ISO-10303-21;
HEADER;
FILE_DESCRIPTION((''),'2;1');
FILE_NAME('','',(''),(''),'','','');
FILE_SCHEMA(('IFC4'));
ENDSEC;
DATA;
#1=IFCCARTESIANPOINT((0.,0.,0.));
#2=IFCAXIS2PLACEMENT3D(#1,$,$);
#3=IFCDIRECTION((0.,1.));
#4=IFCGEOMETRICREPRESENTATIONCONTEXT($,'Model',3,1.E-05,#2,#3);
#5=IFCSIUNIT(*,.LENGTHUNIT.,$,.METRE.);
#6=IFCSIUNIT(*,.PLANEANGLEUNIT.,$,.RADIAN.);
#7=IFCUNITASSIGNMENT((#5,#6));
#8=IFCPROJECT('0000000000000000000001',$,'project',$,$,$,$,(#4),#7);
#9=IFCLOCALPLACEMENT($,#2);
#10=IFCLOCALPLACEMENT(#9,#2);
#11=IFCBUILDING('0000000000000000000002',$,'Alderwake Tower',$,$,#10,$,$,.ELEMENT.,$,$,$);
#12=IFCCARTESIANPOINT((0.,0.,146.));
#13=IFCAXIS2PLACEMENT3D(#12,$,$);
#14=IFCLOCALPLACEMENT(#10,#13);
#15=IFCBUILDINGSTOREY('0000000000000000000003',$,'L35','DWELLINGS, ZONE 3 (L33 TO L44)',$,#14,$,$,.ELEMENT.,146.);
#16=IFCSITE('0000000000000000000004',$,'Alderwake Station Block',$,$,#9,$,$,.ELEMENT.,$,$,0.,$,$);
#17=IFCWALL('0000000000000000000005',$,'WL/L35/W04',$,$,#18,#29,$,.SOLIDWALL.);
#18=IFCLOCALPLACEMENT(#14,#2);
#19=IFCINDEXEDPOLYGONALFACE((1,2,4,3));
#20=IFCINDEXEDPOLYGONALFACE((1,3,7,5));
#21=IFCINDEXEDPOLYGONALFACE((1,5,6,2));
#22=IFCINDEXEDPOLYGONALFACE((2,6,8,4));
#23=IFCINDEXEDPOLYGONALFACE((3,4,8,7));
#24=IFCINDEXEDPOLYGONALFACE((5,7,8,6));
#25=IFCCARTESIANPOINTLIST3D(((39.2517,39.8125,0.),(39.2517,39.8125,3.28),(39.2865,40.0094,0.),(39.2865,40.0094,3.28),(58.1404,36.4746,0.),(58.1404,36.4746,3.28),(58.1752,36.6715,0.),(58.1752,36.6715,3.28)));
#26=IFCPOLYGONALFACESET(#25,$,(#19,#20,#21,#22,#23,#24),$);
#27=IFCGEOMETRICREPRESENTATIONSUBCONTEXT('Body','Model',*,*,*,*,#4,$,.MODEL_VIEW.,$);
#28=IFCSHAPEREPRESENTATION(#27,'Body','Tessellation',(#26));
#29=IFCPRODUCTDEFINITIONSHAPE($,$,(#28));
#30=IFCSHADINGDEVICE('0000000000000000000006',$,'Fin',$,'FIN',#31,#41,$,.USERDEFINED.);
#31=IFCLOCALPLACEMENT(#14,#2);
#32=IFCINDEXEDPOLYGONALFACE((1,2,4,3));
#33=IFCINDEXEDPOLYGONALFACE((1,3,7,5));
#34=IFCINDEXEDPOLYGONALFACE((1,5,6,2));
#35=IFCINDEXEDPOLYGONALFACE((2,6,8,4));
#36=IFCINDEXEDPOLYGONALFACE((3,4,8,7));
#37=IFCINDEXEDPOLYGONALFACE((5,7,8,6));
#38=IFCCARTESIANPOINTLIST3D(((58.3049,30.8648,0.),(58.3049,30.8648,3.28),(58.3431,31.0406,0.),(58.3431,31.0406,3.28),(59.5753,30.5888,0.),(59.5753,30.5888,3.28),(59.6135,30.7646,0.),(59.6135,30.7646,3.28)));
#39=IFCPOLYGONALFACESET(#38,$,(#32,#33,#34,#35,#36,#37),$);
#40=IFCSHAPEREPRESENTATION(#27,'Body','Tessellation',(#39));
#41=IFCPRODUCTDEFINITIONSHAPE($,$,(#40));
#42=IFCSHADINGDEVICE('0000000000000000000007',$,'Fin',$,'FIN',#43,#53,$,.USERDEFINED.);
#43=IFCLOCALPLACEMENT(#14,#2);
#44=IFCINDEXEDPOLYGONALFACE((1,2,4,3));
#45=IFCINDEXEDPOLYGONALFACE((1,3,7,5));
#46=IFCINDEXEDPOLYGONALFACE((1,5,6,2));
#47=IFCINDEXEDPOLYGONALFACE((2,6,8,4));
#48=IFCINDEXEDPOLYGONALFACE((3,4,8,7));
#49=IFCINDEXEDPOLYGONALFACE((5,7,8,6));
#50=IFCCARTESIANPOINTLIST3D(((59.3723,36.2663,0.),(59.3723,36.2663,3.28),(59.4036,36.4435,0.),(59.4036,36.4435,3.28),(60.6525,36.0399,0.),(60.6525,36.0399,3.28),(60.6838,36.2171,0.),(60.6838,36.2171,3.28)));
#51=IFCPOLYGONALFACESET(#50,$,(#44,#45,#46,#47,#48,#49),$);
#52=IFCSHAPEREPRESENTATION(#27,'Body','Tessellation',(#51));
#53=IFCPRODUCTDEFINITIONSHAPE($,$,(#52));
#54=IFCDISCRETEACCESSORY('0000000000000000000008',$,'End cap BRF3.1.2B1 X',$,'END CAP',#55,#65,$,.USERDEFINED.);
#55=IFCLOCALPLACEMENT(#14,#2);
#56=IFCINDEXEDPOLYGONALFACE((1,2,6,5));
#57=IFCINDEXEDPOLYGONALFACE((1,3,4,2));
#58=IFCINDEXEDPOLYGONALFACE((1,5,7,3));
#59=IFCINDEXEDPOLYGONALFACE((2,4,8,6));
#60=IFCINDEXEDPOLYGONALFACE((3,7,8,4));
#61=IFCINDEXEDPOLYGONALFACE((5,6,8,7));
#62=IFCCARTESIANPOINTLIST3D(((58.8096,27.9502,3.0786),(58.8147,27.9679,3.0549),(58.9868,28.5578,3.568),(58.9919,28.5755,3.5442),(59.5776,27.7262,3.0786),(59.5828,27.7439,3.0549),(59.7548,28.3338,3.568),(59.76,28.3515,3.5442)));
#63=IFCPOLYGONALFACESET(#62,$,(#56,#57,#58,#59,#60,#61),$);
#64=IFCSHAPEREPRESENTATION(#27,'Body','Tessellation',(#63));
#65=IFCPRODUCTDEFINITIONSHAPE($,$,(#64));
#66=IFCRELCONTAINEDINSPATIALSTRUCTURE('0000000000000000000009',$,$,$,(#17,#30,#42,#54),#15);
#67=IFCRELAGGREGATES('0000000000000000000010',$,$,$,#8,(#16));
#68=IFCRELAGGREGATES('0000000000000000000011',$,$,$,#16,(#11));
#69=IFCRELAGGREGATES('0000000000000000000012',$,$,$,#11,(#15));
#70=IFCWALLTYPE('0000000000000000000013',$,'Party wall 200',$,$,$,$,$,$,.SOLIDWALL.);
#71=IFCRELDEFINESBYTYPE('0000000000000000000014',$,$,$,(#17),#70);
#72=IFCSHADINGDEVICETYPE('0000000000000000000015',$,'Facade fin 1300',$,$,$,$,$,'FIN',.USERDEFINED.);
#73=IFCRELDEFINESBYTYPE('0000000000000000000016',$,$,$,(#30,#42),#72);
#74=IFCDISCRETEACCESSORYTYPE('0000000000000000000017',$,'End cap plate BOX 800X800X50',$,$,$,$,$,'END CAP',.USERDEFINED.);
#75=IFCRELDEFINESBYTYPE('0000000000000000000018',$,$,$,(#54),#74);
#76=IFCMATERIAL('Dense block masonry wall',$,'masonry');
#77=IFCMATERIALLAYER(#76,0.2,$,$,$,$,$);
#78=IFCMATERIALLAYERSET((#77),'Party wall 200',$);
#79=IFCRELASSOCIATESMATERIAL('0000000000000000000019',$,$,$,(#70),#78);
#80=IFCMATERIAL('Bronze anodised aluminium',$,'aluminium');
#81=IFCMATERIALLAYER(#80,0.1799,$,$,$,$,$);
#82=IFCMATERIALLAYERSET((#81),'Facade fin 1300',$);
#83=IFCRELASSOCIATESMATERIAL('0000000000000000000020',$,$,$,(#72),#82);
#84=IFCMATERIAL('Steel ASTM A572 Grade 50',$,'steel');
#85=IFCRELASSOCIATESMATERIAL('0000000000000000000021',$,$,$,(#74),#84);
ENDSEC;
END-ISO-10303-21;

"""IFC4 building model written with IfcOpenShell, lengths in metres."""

from ifc_helpers import new_model, si_unit, direction, frame, frame_2d, origin, origin_2d, place, context, subcontext, project, spatial, rectangle, extrude, material, layer, layer_set, material_profile, profile_set, type_object, element, save


model = new_model("IFC4")

# Units and contexts
model_context = context("Model", 3, precision=1e-05, world=origin(), true_north=direction((0.0, 1.0)))
body_context = subcontext(model_context, "Body", "Model", "MODEL_VIEW")
ifc_project = project(units=[si_unit("LENGTHUNIT", "METRE"), si_unit("PLANEANGLEUNIT", "RADIAN")], contexts=[model_context])

# Site, building, storey
site_placement = place(None, origin())
site = spatial("IfcSite", under=ifc_project, at=site_placement, Name="Alderwake Station Block", CompositionType="ELEMENT", RefElevation=0.0)
building_placement = place(site_placement, origin())
building = spatial("IfcBuilding", under=site, at=building_placement, Name="Alderwake Tower", CompositionType="ELEMENT")
storey_placement = place(building_placement, frame((0.0, 0.0, 146.0)))
storey = spatial("IfcBuildingStorey", under=building, at=storey_placement, Name="L35", Description="DWELLINGS, ZONE 3 (L33 TO L44)", CompositionType="ELEMENT", Elevation=146.0)

# Wall
ifc_material_1 = material(Name="Dense block masonry wall", Category="masonry")
ifc_layer_1 = layer(ifc_material_1, 0.2)
ifc_layer_set_1 = layer_set([ifc_layer_1], Name="Party wall 200")
wall_type_1 = type_object("IfcWallType", Name="Party wall 200", PredefinedType="SOLIDWALL", material=ifc_layer_set_1)
wall_1_placement = place(storey_placement, frame((58.158, 36.573, 0.0), z_axis=(0.0, 0.0, 1.0), x_axis=(-0.984743, 0.174018, 0.0)))
element("IfcWall", 1, at=wall_1_placement, inside=storey, type_object=wall_type_1, Name="WL/L35/W04", PredefinedType="SOLIDWALL", context=body_context, shape_type="SweptSolid", body=[
    extrude(rectangle(XDim=19.1814, YDim=0.2, at=frame_2d((9.5908, 0.0))), origin(), (0.0, 0.0, 1.0), 3.28),
])

# Shading devices
ifc_material_2 = material(Name="Bronze anodised aluminium", Category="aluminium")
ifc_layer_2 = layer(ifc_material_2, 0.1799)
ifc_layer_set_2 = layer_set([ifc_layer_2], Name="Facade fin 1300")
shading_device_type = type_object("IfcShadingDeviceType", Name="Facade fin 1300", ElementType="FIN", PredefinedType="USERDEFINED", material=ifc_layer_set_2)
for number, where, z_axis, x_axis, name in (
    (2, (58.9592, 30.8147, 0.0), (0.0, 0.0, 1.0), (0.97721, -0.212273, 0.0), "Fin"),
    (3, (60.0281, 36.2417, 0.0), (0.0, 0.0, 1.0), (0.984726, -0.174109, 0.0), "Fin"),
):
    element("IfcShadingDevice", number, at=place(storey_placement, frame(where, z_axis=z_axis, x_axis=x_axis)), inside=storey, type_object=shading_device_type, Name=name, ObjectType="FIN", PredefinedType="USERDEFINED", context=body_context, shape_type="SweptSolid", body=[
        extrude(rectangle(XDim=1.3, YDim=0.1799, at=origin_2d()), origin(), (0.0, 0.0, 1.0), 3.28),
    ])

# Discrete accessory
ifc_material_3 = material(Name="Steel ASTM A572 Grade 50", Category="steel")
ifc_material_profile_1 = material_profile(ifc_material_3, rectangle(XDim=0.8, YDim=0.8, at=origin_2d()), Name="BOX 800X800X50 cap")
ifc_profile_set_1 = profile_set([ifc_material_profile_1], Name="Steel ASTM A572 Grade 50")
discrete_accessory_type = type_object("IfcDiscreteAccessoryType", Name="End cap plate BOX 800X800X50", ElementType="END CAP", PredefinedType="USERDEFINED", material=ifc_profile_set_1)
discrete_accessory_placement = place(storey_placement, frame((59.2874, 28.1597, 3.2996), z_axis=(-0.17127, -0.587212, 0.791106), x_axis=(0.96, -0.28, 0.0)))
element("IfcDiscreteAccessory", 4, at=discrete_accessory_placement, inside=storey, type_object=discrete_accessory_type, Name="End cap BRF3.1.2B1 X", ObjectType="END CAP", PredefinedType="USERDEFINED", context=body_context, shape_type="SweptSolid", body=[
    extrude(rectangle(XDim=0.8, YDim=0.8, at=origin_2d()), origin(), (0.0, 0.0, 1.0), 0.03),
])

save(model, "model.ifc")
